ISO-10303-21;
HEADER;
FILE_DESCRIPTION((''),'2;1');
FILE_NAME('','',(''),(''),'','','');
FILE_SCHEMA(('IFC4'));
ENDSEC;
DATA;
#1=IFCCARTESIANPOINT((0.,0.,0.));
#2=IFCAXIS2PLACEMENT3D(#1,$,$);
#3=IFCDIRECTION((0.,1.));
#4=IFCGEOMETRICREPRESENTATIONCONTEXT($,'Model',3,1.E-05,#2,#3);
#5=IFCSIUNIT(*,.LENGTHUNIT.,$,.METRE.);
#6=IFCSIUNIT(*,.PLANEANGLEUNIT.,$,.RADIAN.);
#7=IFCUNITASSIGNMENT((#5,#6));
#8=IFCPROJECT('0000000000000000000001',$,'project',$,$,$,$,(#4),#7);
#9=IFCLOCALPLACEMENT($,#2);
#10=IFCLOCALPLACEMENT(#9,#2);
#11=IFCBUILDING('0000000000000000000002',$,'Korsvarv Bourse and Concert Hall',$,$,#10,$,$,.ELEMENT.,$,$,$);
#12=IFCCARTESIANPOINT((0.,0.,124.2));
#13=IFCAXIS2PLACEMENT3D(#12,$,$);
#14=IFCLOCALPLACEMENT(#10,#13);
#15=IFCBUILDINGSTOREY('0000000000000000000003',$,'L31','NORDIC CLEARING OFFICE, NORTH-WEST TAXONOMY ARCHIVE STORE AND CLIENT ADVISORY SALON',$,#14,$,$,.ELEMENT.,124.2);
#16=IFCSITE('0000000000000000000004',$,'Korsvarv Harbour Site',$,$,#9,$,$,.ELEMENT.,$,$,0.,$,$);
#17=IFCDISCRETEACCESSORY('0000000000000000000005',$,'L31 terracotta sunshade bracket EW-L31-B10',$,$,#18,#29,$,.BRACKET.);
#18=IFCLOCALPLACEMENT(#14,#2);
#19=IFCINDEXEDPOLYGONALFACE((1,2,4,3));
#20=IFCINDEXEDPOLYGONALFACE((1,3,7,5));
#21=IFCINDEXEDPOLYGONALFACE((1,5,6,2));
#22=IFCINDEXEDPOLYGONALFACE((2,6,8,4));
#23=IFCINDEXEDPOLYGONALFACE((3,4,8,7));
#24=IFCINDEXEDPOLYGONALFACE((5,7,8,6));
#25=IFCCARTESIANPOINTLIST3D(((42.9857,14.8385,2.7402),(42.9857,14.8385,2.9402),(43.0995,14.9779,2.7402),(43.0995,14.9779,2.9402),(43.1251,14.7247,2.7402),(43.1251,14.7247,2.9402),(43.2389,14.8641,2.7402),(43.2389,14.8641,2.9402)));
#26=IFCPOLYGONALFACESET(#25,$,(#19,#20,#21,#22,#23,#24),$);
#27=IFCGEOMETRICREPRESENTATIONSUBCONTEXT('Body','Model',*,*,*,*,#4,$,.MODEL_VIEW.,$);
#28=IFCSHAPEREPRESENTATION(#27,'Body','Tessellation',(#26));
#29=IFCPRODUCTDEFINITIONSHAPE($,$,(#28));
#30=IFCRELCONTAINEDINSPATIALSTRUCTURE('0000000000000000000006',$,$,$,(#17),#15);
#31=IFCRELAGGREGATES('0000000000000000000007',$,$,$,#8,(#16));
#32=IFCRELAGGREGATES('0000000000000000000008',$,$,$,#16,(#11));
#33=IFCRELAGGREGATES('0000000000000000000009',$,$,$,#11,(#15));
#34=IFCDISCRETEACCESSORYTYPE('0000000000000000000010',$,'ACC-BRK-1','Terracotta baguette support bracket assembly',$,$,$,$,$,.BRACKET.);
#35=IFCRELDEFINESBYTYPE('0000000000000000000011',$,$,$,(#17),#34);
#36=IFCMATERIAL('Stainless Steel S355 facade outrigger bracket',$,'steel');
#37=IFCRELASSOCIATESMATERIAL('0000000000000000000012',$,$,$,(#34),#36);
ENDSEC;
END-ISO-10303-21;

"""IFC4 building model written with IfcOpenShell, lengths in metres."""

from ifc_helpers import new_model, si_unit, direction, frame, origin, origin_2d, place, context, subcontext, project, spatial, rectangle, extrude, source, transform, mapped, material, type_object, element, save


model = new_model("IFC4")

# Units and contexts
model_context = context("Model", 3, precision=1e-05, world=origin(), true_north=direction((0.0, 1.0)))
body_context = subcontext(model_context, "Body", "Model", "MODEL_VIEW")
ifc_project = project(units=[si_unit("LENGTHUNIT", "METRE"), si_unit("PLANEANGLEUNIT", "RADIAN")], contexts=[model_context])

# Site, building, storey
site_placement = place(None, origin())
site = spatial("IfcSite", under=ifc_project, at=site_placement, Name="Korsvarv Harbour Site", CompositionType="ELEMENT", RefElevation=0.0)
building_placement = place(site_placement, origin())
building = spatial("IfcBuilding", under=site, at=building_placement, Name="Korsvarv Bourse and Concert Hall", CompositionType="ELEMENT")
storey_placement = place(building_placement, frame((0.0, 0.0, 124.2)))
storey = spatial("IfcBuildingStorey", under=building, at=storey_placement, Name="L31", Description="NORDIC CLEARING OFFICE, NORTH-WEST TAXONOMY ARCHIVE STORE AND CLIENT ADVISORY SALON", CompositionType="ELEMENT", Elevation=124.2)

# Discrete accessory
ifc_material_1 = material(Name="Stainless Steel S355 facade outrigger bracket", Category="steel")
discrete_accessory_type = type_object("IfcDiscreteAccessoryType", Name="ACC-BRK-1", Description="Terracotta baguette support bracket assembly", PredefinedType="BRACKET", material=ifc_material_1)
shared_shape_1 = source(origin(), body_context, "Body", "SweptSolid", [
    extrude(rectangle(XDim=0.1799, YDim=0.1799, at=origin_2d()), origin(), (0.0, 0.0, 1.0), 0.2),
])
for number, where, z_axis, x_axis, name in (
    (1, (43.1123, 14.8513, 2.7402), (0.0, 0.0, 1.0), (0.63257, 0.774503, 0.0), "L31 terracotta sunshade bracket EW-L31-B10"),
):
    element("IfcDiscreteAccessory", number, at=place(storey_placement, frame(where, z_axis=z_axis, x_axis=x_axis)), inside=storey, type_object=discrete_accessory_type, Name=name, PredefinedType="BRACKET", context=body_context, shape_type="MappedRepresentation", body=[
        mapped(shared_shape_1, transform((0.0, 0.0, 0.0), scale=1.0)),
    ])

save(model, "model.ifc")
